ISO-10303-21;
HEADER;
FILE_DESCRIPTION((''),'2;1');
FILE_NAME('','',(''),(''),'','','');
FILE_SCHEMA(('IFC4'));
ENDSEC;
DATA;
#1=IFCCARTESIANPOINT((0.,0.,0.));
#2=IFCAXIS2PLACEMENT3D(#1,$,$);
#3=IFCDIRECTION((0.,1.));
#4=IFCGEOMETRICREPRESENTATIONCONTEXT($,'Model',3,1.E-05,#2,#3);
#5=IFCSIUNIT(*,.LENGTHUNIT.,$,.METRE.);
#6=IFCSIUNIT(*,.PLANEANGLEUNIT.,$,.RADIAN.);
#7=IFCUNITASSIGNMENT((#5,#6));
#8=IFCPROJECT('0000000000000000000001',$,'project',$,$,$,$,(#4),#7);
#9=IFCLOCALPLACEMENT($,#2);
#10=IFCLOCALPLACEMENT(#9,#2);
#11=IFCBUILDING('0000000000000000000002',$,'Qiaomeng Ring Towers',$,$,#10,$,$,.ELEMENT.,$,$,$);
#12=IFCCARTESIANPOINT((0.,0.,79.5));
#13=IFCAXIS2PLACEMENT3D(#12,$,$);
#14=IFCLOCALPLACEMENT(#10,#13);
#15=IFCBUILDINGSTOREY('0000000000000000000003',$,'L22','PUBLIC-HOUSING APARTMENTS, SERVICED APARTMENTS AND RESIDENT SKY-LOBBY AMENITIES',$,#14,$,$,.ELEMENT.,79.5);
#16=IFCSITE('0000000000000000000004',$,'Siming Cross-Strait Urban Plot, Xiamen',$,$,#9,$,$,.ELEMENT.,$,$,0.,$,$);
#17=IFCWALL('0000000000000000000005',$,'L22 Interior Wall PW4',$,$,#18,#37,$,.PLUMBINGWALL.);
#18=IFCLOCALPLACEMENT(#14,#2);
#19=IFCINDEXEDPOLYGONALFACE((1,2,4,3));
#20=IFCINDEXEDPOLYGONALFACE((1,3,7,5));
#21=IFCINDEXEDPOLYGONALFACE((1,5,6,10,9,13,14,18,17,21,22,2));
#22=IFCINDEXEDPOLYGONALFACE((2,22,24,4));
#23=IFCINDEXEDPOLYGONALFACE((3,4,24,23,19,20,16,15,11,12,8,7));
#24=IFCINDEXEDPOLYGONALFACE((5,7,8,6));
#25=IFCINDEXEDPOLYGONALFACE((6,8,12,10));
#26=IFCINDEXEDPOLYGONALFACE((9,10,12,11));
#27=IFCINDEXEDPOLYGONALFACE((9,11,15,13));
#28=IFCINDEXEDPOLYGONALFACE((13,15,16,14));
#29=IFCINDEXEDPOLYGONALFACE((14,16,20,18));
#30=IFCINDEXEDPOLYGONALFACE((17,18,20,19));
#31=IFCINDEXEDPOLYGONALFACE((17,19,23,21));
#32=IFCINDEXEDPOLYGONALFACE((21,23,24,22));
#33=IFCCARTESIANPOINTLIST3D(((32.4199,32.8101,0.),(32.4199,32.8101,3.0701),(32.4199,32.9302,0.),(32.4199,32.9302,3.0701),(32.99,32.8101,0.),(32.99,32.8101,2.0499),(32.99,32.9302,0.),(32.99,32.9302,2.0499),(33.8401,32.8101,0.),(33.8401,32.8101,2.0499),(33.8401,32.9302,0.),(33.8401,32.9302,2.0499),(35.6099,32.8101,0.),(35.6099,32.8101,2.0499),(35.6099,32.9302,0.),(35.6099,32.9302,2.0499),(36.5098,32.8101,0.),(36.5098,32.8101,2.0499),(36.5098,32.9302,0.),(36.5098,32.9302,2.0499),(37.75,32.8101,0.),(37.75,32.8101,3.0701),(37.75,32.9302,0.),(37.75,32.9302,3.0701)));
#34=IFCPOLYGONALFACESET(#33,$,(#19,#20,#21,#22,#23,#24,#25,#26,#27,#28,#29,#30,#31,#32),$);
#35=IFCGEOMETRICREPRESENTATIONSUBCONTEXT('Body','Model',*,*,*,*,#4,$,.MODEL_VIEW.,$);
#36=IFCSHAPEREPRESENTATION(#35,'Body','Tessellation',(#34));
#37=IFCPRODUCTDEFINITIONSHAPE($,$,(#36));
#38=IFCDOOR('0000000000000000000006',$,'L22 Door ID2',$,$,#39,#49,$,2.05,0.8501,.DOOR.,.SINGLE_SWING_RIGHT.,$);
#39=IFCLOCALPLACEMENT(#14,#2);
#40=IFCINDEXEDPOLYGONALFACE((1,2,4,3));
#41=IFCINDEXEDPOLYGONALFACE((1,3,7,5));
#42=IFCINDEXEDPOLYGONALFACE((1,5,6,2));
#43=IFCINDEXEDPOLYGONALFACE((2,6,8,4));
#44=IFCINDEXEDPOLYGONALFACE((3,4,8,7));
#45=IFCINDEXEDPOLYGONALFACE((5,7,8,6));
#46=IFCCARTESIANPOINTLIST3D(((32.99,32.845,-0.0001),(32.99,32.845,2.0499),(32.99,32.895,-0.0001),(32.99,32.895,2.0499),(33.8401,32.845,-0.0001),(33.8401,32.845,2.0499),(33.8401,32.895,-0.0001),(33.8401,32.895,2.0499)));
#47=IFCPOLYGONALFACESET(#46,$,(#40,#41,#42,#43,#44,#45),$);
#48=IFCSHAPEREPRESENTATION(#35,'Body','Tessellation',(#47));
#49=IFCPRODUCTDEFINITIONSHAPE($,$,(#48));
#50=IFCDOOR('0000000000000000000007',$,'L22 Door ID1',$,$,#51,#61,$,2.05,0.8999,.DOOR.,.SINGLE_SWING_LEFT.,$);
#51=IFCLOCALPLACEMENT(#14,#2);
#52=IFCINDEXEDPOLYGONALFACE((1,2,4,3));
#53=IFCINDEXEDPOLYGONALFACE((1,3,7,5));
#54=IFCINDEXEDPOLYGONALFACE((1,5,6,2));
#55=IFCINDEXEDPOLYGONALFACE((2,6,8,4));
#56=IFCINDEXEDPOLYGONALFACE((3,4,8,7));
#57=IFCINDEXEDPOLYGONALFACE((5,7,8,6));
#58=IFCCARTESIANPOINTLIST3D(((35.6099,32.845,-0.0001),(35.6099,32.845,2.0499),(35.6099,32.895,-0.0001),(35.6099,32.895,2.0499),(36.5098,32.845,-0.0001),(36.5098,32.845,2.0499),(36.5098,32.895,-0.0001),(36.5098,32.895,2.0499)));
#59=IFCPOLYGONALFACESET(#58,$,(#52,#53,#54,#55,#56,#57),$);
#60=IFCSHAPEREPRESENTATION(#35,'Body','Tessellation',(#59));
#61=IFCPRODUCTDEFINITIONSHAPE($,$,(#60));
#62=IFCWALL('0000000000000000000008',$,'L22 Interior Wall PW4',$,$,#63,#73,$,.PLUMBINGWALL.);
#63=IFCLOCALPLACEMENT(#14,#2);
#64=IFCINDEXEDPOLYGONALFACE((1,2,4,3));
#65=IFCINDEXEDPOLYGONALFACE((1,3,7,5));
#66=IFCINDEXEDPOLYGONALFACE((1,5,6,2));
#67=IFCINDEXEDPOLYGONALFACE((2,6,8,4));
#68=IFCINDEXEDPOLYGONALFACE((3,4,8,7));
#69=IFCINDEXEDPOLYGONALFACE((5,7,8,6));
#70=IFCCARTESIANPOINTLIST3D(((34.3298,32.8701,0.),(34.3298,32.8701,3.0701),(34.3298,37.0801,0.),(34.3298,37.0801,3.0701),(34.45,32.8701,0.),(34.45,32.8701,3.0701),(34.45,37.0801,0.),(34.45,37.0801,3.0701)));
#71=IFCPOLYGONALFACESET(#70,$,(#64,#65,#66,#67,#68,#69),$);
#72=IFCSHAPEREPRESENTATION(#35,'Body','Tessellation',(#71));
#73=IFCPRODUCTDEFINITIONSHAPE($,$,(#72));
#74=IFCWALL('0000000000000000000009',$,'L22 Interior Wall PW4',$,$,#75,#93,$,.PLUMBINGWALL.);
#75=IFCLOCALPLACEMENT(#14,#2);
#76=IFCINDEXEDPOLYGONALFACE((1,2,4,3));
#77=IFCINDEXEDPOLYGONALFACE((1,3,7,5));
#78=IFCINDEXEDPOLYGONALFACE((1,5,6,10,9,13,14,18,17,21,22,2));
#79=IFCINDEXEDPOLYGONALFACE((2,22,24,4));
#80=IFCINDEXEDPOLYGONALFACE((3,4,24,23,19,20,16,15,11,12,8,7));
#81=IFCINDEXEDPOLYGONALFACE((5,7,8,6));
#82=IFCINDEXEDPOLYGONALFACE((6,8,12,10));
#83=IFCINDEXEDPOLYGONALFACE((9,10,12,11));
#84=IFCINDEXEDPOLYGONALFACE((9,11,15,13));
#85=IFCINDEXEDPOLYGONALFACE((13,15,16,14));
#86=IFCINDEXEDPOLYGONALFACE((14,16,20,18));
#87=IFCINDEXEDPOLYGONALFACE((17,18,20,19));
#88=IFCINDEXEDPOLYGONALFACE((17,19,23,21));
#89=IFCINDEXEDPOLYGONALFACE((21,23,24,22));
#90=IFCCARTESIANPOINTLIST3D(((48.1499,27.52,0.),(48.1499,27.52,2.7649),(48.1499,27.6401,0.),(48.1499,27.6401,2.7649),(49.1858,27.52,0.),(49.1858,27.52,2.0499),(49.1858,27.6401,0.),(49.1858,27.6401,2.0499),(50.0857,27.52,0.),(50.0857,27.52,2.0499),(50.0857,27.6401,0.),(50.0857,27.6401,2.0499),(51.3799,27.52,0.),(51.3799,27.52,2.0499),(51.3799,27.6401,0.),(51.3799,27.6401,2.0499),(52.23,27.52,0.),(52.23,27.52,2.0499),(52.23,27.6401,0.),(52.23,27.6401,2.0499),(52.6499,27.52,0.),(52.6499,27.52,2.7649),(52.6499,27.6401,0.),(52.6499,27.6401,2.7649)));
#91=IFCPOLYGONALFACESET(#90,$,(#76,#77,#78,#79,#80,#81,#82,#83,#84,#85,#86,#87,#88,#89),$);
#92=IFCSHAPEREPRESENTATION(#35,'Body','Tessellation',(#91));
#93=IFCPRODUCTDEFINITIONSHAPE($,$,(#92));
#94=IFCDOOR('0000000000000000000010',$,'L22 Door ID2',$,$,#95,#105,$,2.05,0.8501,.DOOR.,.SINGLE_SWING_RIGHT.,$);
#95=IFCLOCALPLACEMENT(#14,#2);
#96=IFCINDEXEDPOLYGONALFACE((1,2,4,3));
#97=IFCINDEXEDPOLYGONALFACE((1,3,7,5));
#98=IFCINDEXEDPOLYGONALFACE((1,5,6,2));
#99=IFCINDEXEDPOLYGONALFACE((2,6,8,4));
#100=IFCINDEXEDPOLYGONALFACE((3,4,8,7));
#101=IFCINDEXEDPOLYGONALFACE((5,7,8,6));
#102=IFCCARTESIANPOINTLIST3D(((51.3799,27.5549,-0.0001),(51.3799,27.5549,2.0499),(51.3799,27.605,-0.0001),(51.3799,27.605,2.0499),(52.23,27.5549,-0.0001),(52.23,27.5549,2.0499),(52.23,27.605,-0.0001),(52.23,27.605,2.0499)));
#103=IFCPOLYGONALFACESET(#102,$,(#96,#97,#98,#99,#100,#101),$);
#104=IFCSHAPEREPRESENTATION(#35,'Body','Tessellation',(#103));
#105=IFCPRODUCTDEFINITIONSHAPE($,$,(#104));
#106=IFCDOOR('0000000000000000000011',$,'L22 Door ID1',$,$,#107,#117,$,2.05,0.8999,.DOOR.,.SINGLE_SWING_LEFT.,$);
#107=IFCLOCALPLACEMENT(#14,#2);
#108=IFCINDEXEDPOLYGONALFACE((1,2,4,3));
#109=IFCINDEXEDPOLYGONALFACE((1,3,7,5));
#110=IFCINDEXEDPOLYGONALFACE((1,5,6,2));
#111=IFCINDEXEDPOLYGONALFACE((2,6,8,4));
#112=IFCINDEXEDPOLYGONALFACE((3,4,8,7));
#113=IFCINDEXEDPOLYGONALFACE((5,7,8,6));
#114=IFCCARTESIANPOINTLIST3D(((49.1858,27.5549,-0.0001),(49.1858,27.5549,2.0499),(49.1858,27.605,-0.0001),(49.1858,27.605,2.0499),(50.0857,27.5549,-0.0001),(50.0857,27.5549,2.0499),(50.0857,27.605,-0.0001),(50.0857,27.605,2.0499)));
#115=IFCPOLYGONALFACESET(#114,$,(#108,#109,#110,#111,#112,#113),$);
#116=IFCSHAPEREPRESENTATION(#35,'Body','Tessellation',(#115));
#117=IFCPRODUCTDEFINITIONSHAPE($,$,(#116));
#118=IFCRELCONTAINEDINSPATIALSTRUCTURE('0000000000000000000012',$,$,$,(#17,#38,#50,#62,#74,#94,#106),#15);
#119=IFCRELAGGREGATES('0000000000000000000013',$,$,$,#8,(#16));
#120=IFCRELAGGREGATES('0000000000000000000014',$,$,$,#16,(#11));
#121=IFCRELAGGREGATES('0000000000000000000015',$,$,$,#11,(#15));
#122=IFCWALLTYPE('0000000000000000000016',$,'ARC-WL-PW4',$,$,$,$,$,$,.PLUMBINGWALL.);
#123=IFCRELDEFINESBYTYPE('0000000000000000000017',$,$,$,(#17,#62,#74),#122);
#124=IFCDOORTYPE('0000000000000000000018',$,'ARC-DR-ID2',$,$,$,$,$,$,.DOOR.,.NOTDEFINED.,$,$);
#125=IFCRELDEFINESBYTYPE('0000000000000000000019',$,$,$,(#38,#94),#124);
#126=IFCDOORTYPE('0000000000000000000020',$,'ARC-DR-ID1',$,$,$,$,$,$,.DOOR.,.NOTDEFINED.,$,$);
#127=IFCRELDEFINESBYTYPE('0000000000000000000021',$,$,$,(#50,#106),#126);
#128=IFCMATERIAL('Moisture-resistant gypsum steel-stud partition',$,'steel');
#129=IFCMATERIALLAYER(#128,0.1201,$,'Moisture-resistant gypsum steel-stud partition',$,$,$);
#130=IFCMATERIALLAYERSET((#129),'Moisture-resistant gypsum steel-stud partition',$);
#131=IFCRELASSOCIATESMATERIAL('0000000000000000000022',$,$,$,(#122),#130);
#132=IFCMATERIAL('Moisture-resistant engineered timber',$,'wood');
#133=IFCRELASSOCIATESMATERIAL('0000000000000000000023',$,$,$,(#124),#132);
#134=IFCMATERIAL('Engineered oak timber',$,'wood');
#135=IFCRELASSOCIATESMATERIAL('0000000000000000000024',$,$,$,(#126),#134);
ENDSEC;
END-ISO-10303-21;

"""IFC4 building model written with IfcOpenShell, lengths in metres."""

from ifc_helpers import new_model, si_unit, direction, frame, frame_2d, origin, place, context, subcontext, project, spatial, rectangle, extrude, source, transform, mapped, material, layer, layer_set, type_object, element, fill, save


model = new_model("IFC4")

# Units and contexts
model_context = context("Model", 3, precision=1e-05, world=origin(), true_north=direction((0.0, 1.0)))
body_context = subcontext(model_context, "Body", "Model", "MODEL_VIEW")
ifc_project = project(units=[si_unit("LENGTHUNIT", "METRE"), si_unit("PLANEANGLEUNIT", "RADIAN")], contexts=[model_context])

# Site, building, storey
site_placement = place(None, origin())
site = spatial("IfcSite", under=ifc_project, at=site_placement, Name="Siming Cross-Strait Urban Plot, Xiamen", CompositionType="ELEMENT", RefElevation=0.0)
building_placement = place(site_placement, origin())
building = spatial("IfcBuilding", under=site, at=building_placement, Name="Qiaomeng Ring Towers", CompositionType="ELEMENT")
storey_placement = place(building_placement, frame((0.0, 0.0, 79.5)))
storey = spatial("IfcBuildingStorey", under=building, at=storey_placement, Name="L22", Description="PUBLIC-HOUSING APARTMENTS, SERVICED APARTMENTS AND RESIDENT SKY-LOBBY AMENITIES", CompositionType="ELEMENT", Elevation=79.5)

# Shared definitions
ifc_material_1 = material(Name="Moisture-resistant gypsum steel-stud partition", Category="steel")
ifc_layer_1 = layer(ifc_material_1, 0.1201, Name="Moisture-resistant gypsum steel-stud partition")
ifc_layer_set_1 = layer_set([ifc_layer_1], Name="Moisture-resistant gypsum steel-stud partition")
wall_type_1 = type_object("IfcWallType", Name="ARC-WL-PW4", PredefinedType="PLUMBINGWALL", material=ifc_layer_set_1)
ifc_material_2 = material(Name="Moisture-resistant engineered timber", Category="wood")
door_type_1 = type_object("IfcDoorType", Name="ARC-DR-ID2", OperationType="NOTDEFINED", PredefinedType="DOOR", material=ifc_material_2)
shared_shape_1 = source(origin(), body_context, "Body", "SweptSolid", [
    extrude(rectangle(XDim=0.8501, YDim=2.05, at=frame_2d((0.425, 1.0249))), frame((0.0, 0.0249, 0.0), z_axis=(0.0, -1.0, 0.0), x_axis=(1.0, 0.0, 0.0)), (0.0, 0.0, 1.0), 0.05),
])
ifc_material_3 = material(Name="Engineered oak timber", Category="wood")
door_type_2 = type_object("IfcDoorType", Name="ARC-DR-ID1", OperationType="NOTDEFINED", PredefinedType="DOOR", material=ifc_material_3)
shared_shape_2 = source(origin(), body_context, "Body", "SweptSolid", [
    extrude(rectangle(XDim=0.8999, YDim=2.05, at=frame_2d((0.45, 1.0249))), frame((0.0, 0.0249, 0.0), z_axis=(0.0, -1.0, 0.0), x_axis=(1.0, 0.0, 0.0)), (0.0, 0.0, 1.0), 0.05),
])

# Wall, openings, doors
wall_1_placement = place(storey_placement, frame((32.4199, 32.8701, 0.0), z_axis=(0.0, 0.0, 1.0), x_axis=(1.0, 0.0, 0.0)))
wall_1 = element("IfcWall", 1, at=wall_1_placement, inside=storey, type_object=wall_type_1, Name="L22 Interior Wall PW4", PredefinedType="PLUMBINGWALL", context=body_context, shape_type="SweptSolid", body=[
    extrude(rectangle(XDim=5.3301, YDim=0.1201, at=frame_2d((2.665, 0.0))), origin(), (0.0, 0.0, 1.0), 3.0701),
])
opening_1_placement = place(wall_1_placement, frame((0.5701, 0.0, 0.0)))
opening_1 = element("IfcOpeningElement", 2, at=opening_1_placement, cuts=wall_1, PredefinedType="OPENING", context=body_context, shape_type="SweptSolid", body=[
    extrude(rectangle(XDim=0.8501, YDim=2.05, at=frame_2d((0.425, 1.0249))), frame((0.0, 0.0701, 0.0), z_axis=(0.0, -1.0, 0.0), x_axis=(1.0, 0.0, 0.0)), (0.0, 0.0, 1.0), 0.1401),
])
opening_2_placement = place(wall_1_placement, frame((3.1899, 0.0, 0.0)))
opening_2 = element("IfcOpeningElement", 3, at=opening_2_placement, cuts=wall_1, PredefinedType="OPENING", context=body_context, shape_type="SweptSolid", body=[
    extrude(rectangle(XDim=0.8999, YDim=2.05, at=frame_2d((0.45, 1.0249))), frame((0.0, 0.0701, 0.0), z_axis=(0.0, -1.0, 0.0), x_axis=(1.0, 0.0, 0.0)), (0.0, 0.0, 1.0), 0.1401),
])
door_1_placement = place(opening_1_placement, origin())
door_1 = element("IfcDoor", 4, at=door_1_placement, inside=storey, type_object=door_type_1, Name="L22 Door ID2", OperationType="SINGLE_SWING_RIGHT", OverallHeight=2.05, OverallWidth=0.8501, PredefinedType="DOOR", context=body_context, shape_type="MappedRepresentation", body=[
    mapped(shared_shape_1, transform((0.0, 0.0, 0.0), x_axis=(1.0, 0.0, 0.0), y_axis=(0.0, 1.0, 0.0), z_axis=(0.0, 0.0, 1.0), scale=1.0)),
])
fill(opening_1, door_1)
door_2_placement = place(opening_2_placement, origin())
door_2 = element("IfcDoor", 5, at=door_2_placement, inside=storey, type_object=door_type_2, Name="L22 Door ID1", OperationType="SINGLE_SWING_LEFT", OverallHeight=2.05, OverallWidth=0.8999, PredefinedType="DOOR", context=body_context, shape_type="MappedRepresentation", body=[
    mapped(shared_shape_2, transform((0.0, 0.0, 0.0), x_axis=(1.0, 0.0, 0.0), y_axis=(0.0, 1.0, 0.0), z_axis=(0.0, 0.0, 1.0), scale=1.0)),
])
fill(opening_2, door_2)

# Wall
wall_2_placement = place(storey_placement, frame((34.3899, 32.8701, 0.0), z_axis=(0.0, 0.0, 1.0), x_axis=(0.0, 1.0, 0.0)))
element("IfcWall", 6, at=wall_2_placement, inside=storey, type_object=wall_type_1, Name="L22 Interior Wall PW4", PredefinedType="PLUMBINGWALL", context=body_context, shape_type="SweptSolid", body=[
    extrude(rectangle(XDim=4.21, YDim=0.1201, at=frame_2d((2.105, 0.0))), origin(), (0.0, 0.0, 1.0), 3.0701),
])

# Wall, openings, doors
wall_3_placement = place(storey_placement, frame((48.1499, 27.5801, 0.0), z_axis=(0.0, 0.0, 1.0), x_axis=(1.0, 0.0, 0.0)))
wall_3 = element("IfcWall", 7, at=wall_3_placement, inside=storey, type_object=wall_type_1, Name="L22 Interior Wall PW4", PredefinedType="PLUMBINGWALL", context=body_context, shape_type="SweptSolid", body=[
    extrude(rectangle(XDim=4.5, YDim=0.1201, at=frame_2d((2.25, 0.0))), origin(), (0.0, 0.0, 1.0), 2.7649),
])
opening_3_placement = place(wall_3_placement, frame((1.0359, 0.0, 0.0)))
opening_3 = element("IfcOpeningElement", 8, at=opening_3_placement, cuts=wall_3, PredefinedType="OPENING", context=body_context, shape_type="SweptSolid", body=[
    extrude(rectangle(XDim=0.8999, YDim=2.05, at=frame_2d((0.45, 1.0249))), frame((0.0, 0.0701, 0.0), z_axis=(0.0, -1.0, 0.0), x_axis=(1.0, 0.0, 0.0)), (0.0, 0.0, 1.0), 0.1401),
])
opening_4_placement = place(wall_3_placement, frame((3.23, 0.0, 0.0)))
opening_4 = element("IfcOpeningElement", 9, at=opening_4_placement, cuts=wall_3, PredefinedType="OPENING", context=body_context, shape_type="SweptSolid", body=[
    extrude(rectangle(XDim=0.8501, YDim=2.05, at=frame_2d((0.425, 1.0249))), frame((0.0, 0.0701, 0.0), z_axis=(0.0, -1.0, 0.0), x_axis=(1.0, 0.0, 0.0)), (0.0, 0.0, 1.0), 0.1401),
])
door_3_placement = place(opening_4_placement, origin())
door_3 = element("IfcDoor", 10, at=door_3_placement, inside=storey, type_object=door_type_1, Name="L22 Door ID2", OperationType="SINGLE_SWING_RIGHT", OverallHeight=2.05, OverallWidth=0.8501, PredefinedType="DOOR", context=body_context, shape_type="MappedRepresentation", body=[
    mapped(shared_shape_1, transform((0.0, 0.0, 0.0), x_axis=(1.0, 0.0, 0.0), y_axis=(0.0, 1.0, 0.0), z_axis=(0.0, 0.0, 1.0), scale=1.0)),
])
fill(opening_4, door_3)
door_4_placement = place(opening_3_placement, origin())
door_4 = element("IfcDoor", 11, at=door_4_placement, inside=storey, type_object=door_type_2, Name="L22 Door ID1", OperationType="SINGLE_SWING_LEFT", OverallHeight=2.05, OverallWidth=0.8999, PredefinedType="DOOR", context=body_context, shape_type="MappedRepresentation", body=[
    mapped(shared_shape_2, transform((0.0, 0.0, 0.0), x_axis=(1.0, 0.0, 0.0), y_axis=(0.0, 1.0, 0.0), z_axis=(0.0, 0.0, 1.0), scale=1.0)),
])
fill(opening_3, door_4)

save(model, "model.ifc")
